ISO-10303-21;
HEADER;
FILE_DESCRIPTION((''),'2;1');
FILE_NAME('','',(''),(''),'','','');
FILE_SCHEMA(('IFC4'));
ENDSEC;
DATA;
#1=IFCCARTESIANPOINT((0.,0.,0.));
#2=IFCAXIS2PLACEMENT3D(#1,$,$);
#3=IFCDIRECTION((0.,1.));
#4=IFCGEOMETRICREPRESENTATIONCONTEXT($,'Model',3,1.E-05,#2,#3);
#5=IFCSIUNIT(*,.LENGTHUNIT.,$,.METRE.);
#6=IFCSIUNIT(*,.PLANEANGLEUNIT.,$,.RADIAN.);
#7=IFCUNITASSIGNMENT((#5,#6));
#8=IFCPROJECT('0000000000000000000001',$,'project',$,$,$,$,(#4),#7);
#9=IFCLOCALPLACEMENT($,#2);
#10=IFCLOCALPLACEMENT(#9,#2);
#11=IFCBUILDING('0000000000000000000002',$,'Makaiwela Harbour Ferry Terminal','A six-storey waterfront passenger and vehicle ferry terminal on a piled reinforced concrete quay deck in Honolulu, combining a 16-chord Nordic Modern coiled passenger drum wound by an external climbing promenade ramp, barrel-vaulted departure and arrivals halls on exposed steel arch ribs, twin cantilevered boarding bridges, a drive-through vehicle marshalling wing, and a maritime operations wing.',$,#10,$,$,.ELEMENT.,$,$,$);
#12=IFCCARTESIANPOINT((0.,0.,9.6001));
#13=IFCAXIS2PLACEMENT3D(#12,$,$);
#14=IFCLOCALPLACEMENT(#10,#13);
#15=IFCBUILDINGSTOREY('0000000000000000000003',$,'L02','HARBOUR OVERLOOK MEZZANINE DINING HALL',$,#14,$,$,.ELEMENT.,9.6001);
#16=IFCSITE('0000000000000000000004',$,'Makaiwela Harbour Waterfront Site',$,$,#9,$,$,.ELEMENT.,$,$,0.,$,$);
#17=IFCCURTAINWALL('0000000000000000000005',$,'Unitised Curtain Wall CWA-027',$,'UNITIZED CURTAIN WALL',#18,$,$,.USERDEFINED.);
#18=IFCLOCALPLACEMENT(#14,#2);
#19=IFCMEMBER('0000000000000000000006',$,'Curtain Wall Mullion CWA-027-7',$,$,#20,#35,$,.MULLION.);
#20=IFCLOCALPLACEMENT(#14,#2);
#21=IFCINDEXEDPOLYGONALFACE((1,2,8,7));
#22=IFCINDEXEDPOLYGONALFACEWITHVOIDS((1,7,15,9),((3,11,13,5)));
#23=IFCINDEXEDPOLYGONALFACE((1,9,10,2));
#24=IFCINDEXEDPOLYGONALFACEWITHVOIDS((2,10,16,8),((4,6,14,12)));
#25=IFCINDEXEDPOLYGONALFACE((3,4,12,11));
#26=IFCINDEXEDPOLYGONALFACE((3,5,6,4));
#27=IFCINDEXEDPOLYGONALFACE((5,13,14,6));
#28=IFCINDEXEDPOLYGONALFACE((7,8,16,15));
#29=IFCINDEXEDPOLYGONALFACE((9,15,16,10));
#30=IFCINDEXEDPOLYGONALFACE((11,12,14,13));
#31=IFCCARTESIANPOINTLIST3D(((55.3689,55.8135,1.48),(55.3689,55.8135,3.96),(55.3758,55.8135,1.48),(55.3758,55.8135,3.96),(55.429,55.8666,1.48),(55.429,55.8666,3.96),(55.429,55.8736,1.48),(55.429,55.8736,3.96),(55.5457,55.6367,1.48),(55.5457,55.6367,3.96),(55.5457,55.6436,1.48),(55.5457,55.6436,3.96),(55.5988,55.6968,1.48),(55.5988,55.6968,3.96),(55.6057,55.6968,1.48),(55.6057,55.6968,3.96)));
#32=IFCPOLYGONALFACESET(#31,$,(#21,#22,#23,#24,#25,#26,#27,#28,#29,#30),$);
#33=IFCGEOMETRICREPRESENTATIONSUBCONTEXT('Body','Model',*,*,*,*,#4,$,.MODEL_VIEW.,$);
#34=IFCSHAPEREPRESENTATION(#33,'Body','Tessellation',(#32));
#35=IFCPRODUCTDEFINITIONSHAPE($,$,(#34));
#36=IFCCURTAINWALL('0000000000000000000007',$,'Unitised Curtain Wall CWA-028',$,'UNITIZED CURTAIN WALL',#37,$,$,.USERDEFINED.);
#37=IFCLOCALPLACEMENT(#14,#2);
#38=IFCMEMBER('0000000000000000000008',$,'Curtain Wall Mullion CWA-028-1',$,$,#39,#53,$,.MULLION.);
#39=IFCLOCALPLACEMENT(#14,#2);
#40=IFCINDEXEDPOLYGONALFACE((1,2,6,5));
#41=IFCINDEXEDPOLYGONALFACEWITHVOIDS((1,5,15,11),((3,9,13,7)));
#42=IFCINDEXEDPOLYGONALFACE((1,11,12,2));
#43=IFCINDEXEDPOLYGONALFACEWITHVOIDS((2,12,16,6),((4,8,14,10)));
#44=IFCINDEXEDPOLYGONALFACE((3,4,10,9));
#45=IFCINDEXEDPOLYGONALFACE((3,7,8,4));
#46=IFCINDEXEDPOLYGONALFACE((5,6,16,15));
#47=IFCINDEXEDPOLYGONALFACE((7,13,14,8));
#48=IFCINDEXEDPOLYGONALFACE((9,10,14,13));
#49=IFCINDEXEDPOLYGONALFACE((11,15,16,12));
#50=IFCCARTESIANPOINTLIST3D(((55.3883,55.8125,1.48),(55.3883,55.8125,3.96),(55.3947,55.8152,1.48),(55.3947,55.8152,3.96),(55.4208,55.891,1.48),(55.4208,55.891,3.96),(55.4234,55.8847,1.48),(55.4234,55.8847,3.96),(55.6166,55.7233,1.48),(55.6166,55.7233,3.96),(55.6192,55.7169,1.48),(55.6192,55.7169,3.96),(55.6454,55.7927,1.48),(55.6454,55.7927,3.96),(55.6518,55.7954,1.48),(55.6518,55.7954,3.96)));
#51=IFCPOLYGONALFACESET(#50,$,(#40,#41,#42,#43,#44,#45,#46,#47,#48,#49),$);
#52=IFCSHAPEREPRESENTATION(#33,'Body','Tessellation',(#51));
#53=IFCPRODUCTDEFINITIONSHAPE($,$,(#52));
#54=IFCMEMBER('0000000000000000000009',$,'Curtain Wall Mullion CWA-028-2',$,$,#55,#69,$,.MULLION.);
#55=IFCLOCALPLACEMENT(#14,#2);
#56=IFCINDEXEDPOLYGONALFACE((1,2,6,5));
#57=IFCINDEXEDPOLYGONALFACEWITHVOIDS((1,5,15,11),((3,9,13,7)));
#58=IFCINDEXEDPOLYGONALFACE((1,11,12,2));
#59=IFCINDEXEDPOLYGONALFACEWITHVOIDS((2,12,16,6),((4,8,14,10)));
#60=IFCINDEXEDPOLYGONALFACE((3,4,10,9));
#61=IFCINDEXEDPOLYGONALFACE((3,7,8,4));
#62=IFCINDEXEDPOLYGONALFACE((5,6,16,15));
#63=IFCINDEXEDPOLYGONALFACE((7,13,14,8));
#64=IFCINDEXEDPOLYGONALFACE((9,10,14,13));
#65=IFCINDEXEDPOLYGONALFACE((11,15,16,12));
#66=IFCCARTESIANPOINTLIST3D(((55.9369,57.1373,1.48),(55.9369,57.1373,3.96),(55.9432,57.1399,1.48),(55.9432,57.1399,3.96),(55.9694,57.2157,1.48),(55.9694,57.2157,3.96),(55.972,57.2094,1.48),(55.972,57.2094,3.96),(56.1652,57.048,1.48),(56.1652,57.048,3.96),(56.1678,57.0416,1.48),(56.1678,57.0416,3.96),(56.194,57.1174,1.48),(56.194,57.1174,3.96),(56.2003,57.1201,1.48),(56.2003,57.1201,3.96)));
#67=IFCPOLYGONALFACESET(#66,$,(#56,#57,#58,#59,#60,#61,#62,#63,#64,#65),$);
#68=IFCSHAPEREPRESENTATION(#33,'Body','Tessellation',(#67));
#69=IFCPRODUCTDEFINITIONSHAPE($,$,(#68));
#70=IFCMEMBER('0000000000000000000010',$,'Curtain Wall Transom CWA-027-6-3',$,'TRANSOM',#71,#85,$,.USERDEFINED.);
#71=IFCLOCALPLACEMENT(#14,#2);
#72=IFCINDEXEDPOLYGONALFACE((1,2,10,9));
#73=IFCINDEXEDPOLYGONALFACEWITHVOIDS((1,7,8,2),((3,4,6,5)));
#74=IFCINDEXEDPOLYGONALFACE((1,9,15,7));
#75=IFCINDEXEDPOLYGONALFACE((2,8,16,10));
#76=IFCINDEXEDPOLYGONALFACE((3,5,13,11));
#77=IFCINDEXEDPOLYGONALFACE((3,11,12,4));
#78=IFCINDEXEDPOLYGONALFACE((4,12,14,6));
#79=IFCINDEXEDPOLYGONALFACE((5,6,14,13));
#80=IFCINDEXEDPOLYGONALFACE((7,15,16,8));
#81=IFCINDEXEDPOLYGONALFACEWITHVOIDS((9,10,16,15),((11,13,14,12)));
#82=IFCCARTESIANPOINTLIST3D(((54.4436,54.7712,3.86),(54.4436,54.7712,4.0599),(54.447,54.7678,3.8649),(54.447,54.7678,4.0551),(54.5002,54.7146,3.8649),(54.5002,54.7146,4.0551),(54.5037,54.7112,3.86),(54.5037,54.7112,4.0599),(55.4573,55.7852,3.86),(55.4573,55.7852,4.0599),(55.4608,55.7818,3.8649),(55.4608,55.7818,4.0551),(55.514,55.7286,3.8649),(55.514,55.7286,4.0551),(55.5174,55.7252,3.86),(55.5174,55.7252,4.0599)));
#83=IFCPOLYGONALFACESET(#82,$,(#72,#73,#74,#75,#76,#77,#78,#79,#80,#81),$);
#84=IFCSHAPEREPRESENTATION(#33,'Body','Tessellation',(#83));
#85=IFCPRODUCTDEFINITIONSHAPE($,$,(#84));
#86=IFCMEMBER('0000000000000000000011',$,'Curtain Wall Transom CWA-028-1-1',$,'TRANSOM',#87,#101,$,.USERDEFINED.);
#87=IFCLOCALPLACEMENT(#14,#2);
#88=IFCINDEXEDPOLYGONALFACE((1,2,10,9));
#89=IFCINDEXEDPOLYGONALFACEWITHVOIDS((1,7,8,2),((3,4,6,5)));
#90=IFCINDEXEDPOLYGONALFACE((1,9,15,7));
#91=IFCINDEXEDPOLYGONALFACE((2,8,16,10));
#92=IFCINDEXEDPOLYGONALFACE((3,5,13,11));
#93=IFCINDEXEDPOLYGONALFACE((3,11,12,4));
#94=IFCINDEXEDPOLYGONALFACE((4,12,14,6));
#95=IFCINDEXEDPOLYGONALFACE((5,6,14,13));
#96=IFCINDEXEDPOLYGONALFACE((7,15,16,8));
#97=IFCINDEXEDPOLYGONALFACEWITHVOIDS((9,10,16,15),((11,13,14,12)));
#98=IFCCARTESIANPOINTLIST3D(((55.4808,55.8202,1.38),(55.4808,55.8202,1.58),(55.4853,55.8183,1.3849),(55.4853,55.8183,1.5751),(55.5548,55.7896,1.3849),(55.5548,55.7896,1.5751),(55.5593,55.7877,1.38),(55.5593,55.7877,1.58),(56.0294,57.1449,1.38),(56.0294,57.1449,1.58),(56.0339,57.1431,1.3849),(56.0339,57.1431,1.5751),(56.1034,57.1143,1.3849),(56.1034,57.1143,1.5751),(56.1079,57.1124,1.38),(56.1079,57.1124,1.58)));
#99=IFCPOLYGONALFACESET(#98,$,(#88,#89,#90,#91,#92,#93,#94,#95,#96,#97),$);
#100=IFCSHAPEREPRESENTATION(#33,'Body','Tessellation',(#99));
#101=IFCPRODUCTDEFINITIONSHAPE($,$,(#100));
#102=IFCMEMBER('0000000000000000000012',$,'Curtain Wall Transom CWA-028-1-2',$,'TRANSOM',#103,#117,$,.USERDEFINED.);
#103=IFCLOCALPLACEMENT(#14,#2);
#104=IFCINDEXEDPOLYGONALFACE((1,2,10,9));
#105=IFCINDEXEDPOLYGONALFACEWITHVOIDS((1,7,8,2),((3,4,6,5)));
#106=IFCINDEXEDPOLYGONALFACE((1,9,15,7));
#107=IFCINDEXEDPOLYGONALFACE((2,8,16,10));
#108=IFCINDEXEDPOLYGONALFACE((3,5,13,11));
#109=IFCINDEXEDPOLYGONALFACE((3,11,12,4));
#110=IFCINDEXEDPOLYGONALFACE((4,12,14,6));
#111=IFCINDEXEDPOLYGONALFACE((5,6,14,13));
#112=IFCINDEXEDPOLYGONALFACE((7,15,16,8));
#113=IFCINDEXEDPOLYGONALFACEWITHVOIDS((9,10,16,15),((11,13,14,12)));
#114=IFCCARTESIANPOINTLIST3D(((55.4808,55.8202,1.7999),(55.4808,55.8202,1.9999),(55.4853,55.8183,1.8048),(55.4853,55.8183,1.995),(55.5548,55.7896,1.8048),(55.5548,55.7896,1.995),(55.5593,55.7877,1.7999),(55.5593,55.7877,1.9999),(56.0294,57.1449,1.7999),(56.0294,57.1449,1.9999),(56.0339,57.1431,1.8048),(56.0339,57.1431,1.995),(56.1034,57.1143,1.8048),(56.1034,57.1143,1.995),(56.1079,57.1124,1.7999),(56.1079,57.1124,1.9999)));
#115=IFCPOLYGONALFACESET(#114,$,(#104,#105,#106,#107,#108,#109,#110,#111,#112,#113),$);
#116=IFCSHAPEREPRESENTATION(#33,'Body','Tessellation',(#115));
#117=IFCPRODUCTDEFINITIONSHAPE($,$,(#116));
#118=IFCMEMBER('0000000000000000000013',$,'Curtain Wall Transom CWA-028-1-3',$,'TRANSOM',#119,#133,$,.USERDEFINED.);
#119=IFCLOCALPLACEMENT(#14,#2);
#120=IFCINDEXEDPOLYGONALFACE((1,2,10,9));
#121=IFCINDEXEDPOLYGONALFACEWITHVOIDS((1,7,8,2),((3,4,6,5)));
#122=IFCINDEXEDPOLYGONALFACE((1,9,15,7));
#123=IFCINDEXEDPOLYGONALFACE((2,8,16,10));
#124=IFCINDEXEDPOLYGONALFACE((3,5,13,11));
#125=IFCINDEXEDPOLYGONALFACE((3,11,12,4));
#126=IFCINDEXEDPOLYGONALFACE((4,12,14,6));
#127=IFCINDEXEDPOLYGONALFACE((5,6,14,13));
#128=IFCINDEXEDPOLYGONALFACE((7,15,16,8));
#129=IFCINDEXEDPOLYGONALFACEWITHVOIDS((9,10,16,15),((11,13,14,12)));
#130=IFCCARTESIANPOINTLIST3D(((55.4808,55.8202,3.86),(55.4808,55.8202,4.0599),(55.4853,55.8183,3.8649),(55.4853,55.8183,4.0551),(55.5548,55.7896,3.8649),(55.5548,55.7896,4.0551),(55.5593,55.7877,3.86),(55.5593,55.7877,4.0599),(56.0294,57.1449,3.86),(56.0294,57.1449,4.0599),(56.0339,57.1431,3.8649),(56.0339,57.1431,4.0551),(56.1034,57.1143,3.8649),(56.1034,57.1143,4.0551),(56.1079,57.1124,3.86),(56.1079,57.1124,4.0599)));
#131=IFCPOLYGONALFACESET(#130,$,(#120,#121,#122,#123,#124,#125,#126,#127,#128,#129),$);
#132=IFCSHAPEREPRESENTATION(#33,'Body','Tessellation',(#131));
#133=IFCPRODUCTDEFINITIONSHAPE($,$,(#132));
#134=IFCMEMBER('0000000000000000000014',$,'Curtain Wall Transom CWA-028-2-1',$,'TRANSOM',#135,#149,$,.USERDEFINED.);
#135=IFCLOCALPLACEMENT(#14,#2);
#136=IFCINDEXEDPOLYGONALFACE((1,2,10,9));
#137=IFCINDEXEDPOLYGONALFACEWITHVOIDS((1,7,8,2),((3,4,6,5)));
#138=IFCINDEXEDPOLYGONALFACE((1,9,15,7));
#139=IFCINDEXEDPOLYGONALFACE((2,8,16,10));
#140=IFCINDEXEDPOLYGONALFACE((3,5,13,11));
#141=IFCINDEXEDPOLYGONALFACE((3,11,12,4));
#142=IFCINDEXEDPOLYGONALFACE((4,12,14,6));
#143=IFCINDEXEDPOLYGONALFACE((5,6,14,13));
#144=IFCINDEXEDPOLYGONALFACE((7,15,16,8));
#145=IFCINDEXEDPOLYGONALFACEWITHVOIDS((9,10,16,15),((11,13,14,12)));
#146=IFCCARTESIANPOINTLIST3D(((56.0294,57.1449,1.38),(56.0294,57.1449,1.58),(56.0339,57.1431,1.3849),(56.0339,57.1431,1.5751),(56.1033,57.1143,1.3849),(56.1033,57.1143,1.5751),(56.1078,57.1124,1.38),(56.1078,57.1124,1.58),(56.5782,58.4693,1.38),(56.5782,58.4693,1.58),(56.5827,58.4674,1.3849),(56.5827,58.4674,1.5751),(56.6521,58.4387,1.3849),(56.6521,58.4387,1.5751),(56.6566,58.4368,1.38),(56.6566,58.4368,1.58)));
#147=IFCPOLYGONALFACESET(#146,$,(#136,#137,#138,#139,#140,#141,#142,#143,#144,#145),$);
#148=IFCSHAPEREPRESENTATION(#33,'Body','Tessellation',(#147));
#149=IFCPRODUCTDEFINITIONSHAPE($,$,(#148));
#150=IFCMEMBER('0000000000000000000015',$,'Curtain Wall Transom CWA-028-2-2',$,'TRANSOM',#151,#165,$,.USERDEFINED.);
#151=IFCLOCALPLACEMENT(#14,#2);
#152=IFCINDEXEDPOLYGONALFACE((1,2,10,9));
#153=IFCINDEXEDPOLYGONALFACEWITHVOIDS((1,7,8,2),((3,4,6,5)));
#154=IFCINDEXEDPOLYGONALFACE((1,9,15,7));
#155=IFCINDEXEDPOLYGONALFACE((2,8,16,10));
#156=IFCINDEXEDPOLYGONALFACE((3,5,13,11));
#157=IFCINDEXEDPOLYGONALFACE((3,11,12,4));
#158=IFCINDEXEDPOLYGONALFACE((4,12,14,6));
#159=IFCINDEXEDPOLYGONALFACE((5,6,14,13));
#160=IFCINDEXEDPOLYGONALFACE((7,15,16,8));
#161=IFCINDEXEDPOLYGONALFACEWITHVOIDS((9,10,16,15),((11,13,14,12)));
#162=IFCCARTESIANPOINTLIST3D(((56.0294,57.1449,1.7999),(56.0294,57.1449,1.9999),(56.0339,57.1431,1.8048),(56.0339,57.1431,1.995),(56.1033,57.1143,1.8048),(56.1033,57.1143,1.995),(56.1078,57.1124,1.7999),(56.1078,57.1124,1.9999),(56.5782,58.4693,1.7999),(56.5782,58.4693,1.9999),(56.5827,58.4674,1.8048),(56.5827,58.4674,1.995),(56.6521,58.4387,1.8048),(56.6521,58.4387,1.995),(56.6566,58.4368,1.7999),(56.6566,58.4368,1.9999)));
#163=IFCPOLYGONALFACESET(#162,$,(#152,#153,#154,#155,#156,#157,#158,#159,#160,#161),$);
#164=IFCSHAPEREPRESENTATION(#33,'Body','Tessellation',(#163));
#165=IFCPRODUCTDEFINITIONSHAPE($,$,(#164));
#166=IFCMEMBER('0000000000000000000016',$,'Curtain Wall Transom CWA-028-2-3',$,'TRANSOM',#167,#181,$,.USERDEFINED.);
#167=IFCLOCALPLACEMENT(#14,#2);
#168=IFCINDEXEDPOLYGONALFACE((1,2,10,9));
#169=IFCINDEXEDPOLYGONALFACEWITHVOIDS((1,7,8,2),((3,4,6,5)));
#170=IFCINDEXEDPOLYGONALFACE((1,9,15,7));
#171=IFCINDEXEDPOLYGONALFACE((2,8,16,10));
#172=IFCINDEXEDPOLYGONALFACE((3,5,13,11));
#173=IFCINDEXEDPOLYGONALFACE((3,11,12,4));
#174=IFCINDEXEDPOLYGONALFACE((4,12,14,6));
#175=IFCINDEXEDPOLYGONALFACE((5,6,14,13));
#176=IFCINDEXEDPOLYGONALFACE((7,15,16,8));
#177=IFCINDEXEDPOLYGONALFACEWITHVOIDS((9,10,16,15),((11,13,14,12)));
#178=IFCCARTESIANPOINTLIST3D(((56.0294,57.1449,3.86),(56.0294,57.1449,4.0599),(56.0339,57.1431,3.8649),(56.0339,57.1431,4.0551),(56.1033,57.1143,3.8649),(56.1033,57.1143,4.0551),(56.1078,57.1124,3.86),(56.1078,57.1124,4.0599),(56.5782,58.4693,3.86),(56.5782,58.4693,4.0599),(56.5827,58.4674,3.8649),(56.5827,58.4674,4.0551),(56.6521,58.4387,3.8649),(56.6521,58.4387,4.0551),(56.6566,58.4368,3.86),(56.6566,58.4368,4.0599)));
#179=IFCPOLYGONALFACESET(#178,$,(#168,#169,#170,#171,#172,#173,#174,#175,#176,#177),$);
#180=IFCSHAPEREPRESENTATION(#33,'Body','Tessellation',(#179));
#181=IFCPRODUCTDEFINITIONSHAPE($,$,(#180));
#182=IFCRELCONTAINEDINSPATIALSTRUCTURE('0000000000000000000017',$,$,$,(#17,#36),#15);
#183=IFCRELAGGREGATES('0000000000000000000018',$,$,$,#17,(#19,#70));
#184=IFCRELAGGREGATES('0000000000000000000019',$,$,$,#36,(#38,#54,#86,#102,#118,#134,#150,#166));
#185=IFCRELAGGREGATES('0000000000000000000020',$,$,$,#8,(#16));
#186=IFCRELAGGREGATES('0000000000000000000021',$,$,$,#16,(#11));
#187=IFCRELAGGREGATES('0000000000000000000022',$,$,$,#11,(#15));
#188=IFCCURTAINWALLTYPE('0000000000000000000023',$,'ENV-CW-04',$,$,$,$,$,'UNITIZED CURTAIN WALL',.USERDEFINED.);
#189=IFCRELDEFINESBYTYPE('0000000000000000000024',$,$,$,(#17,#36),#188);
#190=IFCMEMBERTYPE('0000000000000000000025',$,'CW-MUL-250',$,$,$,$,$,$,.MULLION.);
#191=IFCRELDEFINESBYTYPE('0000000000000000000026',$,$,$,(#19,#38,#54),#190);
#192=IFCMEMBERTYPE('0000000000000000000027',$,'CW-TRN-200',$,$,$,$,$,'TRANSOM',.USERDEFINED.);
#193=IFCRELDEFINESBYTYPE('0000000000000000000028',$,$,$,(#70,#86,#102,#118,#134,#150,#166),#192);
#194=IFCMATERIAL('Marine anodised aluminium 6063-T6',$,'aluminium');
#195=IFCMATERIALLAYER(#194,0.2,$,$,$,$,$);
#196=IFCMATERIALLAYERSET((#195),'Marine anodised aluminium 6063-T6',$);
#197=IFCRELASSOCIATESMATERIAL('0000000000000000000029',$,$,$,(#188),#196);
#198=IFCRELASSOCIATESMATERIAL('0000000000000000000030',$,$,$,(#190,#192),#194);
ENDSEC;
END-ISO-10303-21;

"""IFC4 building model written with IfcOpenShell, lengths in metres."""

from ifc_helpers import new_model, si_unit, direction, frame, origin, origin_2d, place, context, subcontext, project, spatial, hollow_rectangle, extrude, material, layer, layer_set, material_profile, profile_set, type_object, element, aggregate, save


model = new_model("IFC4")

# Units and contexts
model_context = context("Model", 3, precision=1e-05, world=origin(), true_north=direction((0.0, 1.0)))
body_context = subcontext(model_context, "Body", "Model", "MODEL_VIEW")
ifc_project = project(units=[si_unit("LENGTHUNIT", "METRE"), si_unit("PLANEANGLEUNIT", "RADIAN")], contexts=[model_context])

# Site, building, storey
site_placement = place(None, origin())
site = spatial("IfcSite", under=ifc_project, at=site_placement, Name="Makaiwela Harbour Waterfront Site", CompositionType="ELEMENT", RefElevation=0.0)
building_placement = place(site_placement, origin())
building = spatial("IfcBuilding", under=site, at=building_placement, Name="Makaiwela Harbour Ferry Terminal", Description="A six-storey waterfront passenger and vehicle ferry terminal on a piled reinforced concrete quay deck in Honolulu, combining a 16-chord Nordic Modern coiled passenger drum wound by an external climbing promenade ramp, barrel-vaulted departure and arrivals halls on exposed steel arch ribs, twin cantilevered boarding bridges, a drive-through vehicle marshalling wing, and a maritime operations wing.", CompositionType="ELEMENT")
storey_placement = place(building_placement, frame((0.0, 0.0, 9.6001)))
storey = spatial("IfcBuildingStorey", under=building, at=storey_placement, Name="L02", Description="HARBOUR OVERLOOK MEZZANINE DINING HALL", CompositionType="ELEMENT", Elevation=9.6001)

# Curtain wall, member
ifc_material_1 = material(Name="Marine anodised aluminium 6063-T6", Category="aluminium")
ifc_layer_1 = layer(ifc_material_1, 0.2)
ifc_layer_set_1 = layer_set([ifc_layer_1], Name="Marine anodised aluminium 6063-T6")
curtain_wall_type = type_object("IfcCurtainWallType", Name="ENV-CW-04", ElementType="UNITIZED CURTAIN WALL", PredefinedType="USERDEFINED", material=ifc_layer_set_1)
curtain_wall_1_placement = place(storey_placement, origin())
curtain_wall_1 = element("IfcCurtainWall", 1, at=curtain_wall_1_placement, inside=storey, type_object=curtain_wall_type, Name="Unitised Curtain Wall CWA-027", ObjectType="UNITIZED CURTAIN WALL", PredefinedType="USERDEFINED")
ifc_material_profile_1 = material_profile(ifc_material_1, hollow_rectangle(XDim=0.085, YDim=0.25, WallThickness=0.0049, at=origin_2d()), Name="CWM-250X85")
ifc_profile_set_1 = profile_set([ifc_material_profile_1], Name="Marine anodised aluminium 6063-T6")
member_type_1 = type_object("IfcMemberType", Name="CW-MUL-250", PredefinedType="MULLION", material=ifc_profile_set_1)
member_1_placement = place(storey_placement, frame((55.4873, 55.7551, 1.48), z_axis=(0.0, 0.0, 1.0), x_axis=(0.707107, 0.707107, 0.0)))
member_1 = element("IfcMember", 2, at=member_1_placement, type_object=member_type_1, Name="Curtain Wall Mullion CWA-027-7", PredefinedType="MULLION", context=body_context, shape_type="SweptSolid", body=[
    extrude(hollow_rectangle(XDim=0.085, YDim=0.25, WallThickness=0.0049, at=origin_2d()), origin(), (0.0, 0.0, 1.0), 2.48),
])

# Curtain wall, members
curtain_wall_2_placement = place(storey_placement, origin())
curtain_wall_2 = element("IfcCurtainWall", 3, at=curtain_wall_2_placement, inside=storey, type_object=curtain_wall_type, Name="Unitised Curtain Wall CWA-028", ObjectType="UNITIZED CURTAIN WALL", PredefinedType="USERDEFINED")
member_2_placement = place(storey_placement, frame((55.52, 55.804, 1.48), z_axis=(0.0, 0.0, 1.0), x_axis=(0.382683, 0.92388, 0.0)))
member_2 = element("IfcMember", 4, at=member_2_placement, type_object=member_type_1, Name="Curtain Wall Mullion CWA-028-1", PredefinedType="MULLION", context=body_context, shape_type="SweptSolid", body=[
    extrude(hollow_rectangle(XDim=0.085, YDim=0.25, WallThickness=0.0049, at=origin_2d()), origin(), (0.0, 0.0, 1.0), 2.48),
])
member_3_placement = place(storey_placement, frame((56.0686, 57.1287, 1.48), z_axis=(0.0, 0.0, 1.0), x_axis=(0.382683, 0.92388, 0.0)))
member_3 = element("IfcMember", 5, at=member_3_placement, type_object=member_type_1, Name="Curtain Wall Mullion CWA-028-2", PredefinedType="MULLION", context=body_context, shape_type="SweptSolid", body=[
    extrude(hollow_rectangle(XDim=0.085, YDim=0.25, WallThickness=0.0049, at=origin_2d()), origin(), (0.0, 0.0, 1.0), 2.48),
])

# Members
ifc_material_profile_2 = material_profile(ifc_material_1, hollow_rectangle(XDim=0.085, YDim=0.2, WallThickness=0.0049, at=origin_2d()), Name="CWT-200X85")
ifc_profile_set_2 = profile_set([ifc_material_profile_2], Name="Marine anodised aluminium 6063-T6")
member_type_2 = type_object("IfcMemberType", Name="CW-TRN-200", ElementType="TRANSOM", PredefinedType="USERDEFINED", material=ifc_profile_set_2)
member_4_placement = place(storey_placement, frame((54.4736, 54.7412, 3.96), z_axis=(0.707022, 0.707192, 0.0), x_axis=(-0.707192, 0.707022, 0.0)))
member_4 = element("IfcMember", 6, at=member_4_placement, type_object=member_type_2, Name="Curtain Wall Transom CWA-027-6-3", ObjectType="TRANSOM", PredefinedType="USERDEFINED", context=body_context, shape_type="SweptSolid", body=[
    extrude(hollow_rectangle(XDim=0.085, YDim=0.2, WallThickness=0.0049, at=origin_2d()), origin(), (0.0, 0.0, 1.0), 1.4338),
])
member_5_placement = place(storey_placement, frame((55.52, 55.804, 1.48), z_axis=(0.382607, 0.923911, 0.0), x_axis=(-0.923911, 0.382607, 0.0)))
member_5 = element("IfcMember", 7, at=member_5_placement, type_object=member_type_2, Name="Curtain Wall Transom CWA-028-1-1", ObjectType="TRANSOM", PredefinedType="USERDEFINED", context=body_context, shape_type="SweptSolid", body=[
    extrude(hollow_rectangle(XDim=0.085, YDim=0.2, WallThickness=0.0049, at=origin_2d()), origin(), (0.0, 0.0, 1.0), 1.4338),
])
member_6_placement = place(storey_placement, frame((55.52, 55.804, 1.8999), z_axis=(0.382607, 0.923911, 0.0), x_axis=(-0.923911, 0.382607, 0.0)))
member_6 = element("IfcMember", 8, at=member_6_placement, type_object=member_type_2, Name="Curtain Wall Transom CWA-028-1-2", ObjectType="TRANSOM", PredefinedType="USERDEFINED", context=body_context, shape_type="SweptSolid", body=[
    extrude(hollow_rectangle(XDim=0.085, YDim=0.2, WallThickness=0.0049, at=origin_2d()), origin(), (0.0, 0.0, 1.0), 1.4338),
])
member_7_placement = place(storey_placement, frame((55.52, 55.804, 3.96), z_axis=(0.382607, 0.923911, 0.0), x_axis=(-0.923911, 0.382607, 0.0)))
member_7 = element("IfcMember", 9, at=member_7_placement, type_object=member_type_2, Name="Curtain Wall Transom CWA-028-1-3", ObjectType="TRANSOM", PredefinedType="USERDEFINED", context=body_context, shape_type="SweptSolid", body=[
    extrude(hollow_rectangle(XDim=0.085, YDim=0.2, WallThickness=0.0049, at=origin_2d()), origin(), (0.0, 0.0, 1.0), 1.4338),
])
member_8_placement = place(storey_placement, frame((56.0686, 57.1287, 1.48), z_axis=(0.382813, 0.923826, 0.0), x_axis=(-0.923826, 0.382813, 0.0)))
member_8 = element("IfcMember", 10, at=member_8_placement, type_object=member_type_2, Name="Curtain Wall Transom CWA-028-2-1", ObjectType="TRANSOM", PredefinedType="USERDEFINED", context=body_context, shape_type="SweptSolid", body=[
    extrude(hollow_rectangle(XDim=0.085, YDim=0.2, WallThickness=0.0049, at=origin_2d()), origin(), (0.0, 0.0, 1.0), 1.4336),
])
member_9_placement = place(storey_placement, frame((56.0686, 57.1287, 1.8999), z_axis=(0.382813, 0.923826, 0.0), x_axis=(-0.923826, 0.382813, 0.0)))
member_9 = element("IfcMember", 11, at=member_9_placement, type_object=member_type_2, Name="Curtain Wall Transom CWA-028-2-2", ObjectType="TRANSOM", PredefinedType="USERDEFINED", context=body_context, shape_type="SweptSolid", body=[
    extrude(hollow_rectangle(XDim=0.085, YDim=0.2, WallThickness=0.0049, at=origin_2d()), origin(), (0.0, 0.0, 1.0), 1.4336),
])
member_10_placement = place(storey_placement, frame((56.0686, 57.1287, 3.96), z_axis=(0.382813, 0.923826, 0.0), x_axis=(-0.923826, 0.382813, 0.0)))
member_10 = element("IfcMember", 12, at=member_10_placement, type_object=member_type_2, Name="Curtain Wall Transom CWA-028-2-3", ObjectType="TRANSOM", PredefinedType="USERDEFINED", context=body_context, shape_type="SweptSolid", body=[
    extrude(hollow_rectangle(XDim=0.085, YDim=0.2, WallThickness=0.0049, at=origin_2d()), origin(), (0.0, 0.0, 1.0), 1.4336),
])

aggregate(curtain_wall_1, [member_1, member_4])
aggregate(curtain_wall_2, [member_2, member_3, member_5, member_6, member_7, member_8, member_9, member_10])

save(model, "model.ifc")
